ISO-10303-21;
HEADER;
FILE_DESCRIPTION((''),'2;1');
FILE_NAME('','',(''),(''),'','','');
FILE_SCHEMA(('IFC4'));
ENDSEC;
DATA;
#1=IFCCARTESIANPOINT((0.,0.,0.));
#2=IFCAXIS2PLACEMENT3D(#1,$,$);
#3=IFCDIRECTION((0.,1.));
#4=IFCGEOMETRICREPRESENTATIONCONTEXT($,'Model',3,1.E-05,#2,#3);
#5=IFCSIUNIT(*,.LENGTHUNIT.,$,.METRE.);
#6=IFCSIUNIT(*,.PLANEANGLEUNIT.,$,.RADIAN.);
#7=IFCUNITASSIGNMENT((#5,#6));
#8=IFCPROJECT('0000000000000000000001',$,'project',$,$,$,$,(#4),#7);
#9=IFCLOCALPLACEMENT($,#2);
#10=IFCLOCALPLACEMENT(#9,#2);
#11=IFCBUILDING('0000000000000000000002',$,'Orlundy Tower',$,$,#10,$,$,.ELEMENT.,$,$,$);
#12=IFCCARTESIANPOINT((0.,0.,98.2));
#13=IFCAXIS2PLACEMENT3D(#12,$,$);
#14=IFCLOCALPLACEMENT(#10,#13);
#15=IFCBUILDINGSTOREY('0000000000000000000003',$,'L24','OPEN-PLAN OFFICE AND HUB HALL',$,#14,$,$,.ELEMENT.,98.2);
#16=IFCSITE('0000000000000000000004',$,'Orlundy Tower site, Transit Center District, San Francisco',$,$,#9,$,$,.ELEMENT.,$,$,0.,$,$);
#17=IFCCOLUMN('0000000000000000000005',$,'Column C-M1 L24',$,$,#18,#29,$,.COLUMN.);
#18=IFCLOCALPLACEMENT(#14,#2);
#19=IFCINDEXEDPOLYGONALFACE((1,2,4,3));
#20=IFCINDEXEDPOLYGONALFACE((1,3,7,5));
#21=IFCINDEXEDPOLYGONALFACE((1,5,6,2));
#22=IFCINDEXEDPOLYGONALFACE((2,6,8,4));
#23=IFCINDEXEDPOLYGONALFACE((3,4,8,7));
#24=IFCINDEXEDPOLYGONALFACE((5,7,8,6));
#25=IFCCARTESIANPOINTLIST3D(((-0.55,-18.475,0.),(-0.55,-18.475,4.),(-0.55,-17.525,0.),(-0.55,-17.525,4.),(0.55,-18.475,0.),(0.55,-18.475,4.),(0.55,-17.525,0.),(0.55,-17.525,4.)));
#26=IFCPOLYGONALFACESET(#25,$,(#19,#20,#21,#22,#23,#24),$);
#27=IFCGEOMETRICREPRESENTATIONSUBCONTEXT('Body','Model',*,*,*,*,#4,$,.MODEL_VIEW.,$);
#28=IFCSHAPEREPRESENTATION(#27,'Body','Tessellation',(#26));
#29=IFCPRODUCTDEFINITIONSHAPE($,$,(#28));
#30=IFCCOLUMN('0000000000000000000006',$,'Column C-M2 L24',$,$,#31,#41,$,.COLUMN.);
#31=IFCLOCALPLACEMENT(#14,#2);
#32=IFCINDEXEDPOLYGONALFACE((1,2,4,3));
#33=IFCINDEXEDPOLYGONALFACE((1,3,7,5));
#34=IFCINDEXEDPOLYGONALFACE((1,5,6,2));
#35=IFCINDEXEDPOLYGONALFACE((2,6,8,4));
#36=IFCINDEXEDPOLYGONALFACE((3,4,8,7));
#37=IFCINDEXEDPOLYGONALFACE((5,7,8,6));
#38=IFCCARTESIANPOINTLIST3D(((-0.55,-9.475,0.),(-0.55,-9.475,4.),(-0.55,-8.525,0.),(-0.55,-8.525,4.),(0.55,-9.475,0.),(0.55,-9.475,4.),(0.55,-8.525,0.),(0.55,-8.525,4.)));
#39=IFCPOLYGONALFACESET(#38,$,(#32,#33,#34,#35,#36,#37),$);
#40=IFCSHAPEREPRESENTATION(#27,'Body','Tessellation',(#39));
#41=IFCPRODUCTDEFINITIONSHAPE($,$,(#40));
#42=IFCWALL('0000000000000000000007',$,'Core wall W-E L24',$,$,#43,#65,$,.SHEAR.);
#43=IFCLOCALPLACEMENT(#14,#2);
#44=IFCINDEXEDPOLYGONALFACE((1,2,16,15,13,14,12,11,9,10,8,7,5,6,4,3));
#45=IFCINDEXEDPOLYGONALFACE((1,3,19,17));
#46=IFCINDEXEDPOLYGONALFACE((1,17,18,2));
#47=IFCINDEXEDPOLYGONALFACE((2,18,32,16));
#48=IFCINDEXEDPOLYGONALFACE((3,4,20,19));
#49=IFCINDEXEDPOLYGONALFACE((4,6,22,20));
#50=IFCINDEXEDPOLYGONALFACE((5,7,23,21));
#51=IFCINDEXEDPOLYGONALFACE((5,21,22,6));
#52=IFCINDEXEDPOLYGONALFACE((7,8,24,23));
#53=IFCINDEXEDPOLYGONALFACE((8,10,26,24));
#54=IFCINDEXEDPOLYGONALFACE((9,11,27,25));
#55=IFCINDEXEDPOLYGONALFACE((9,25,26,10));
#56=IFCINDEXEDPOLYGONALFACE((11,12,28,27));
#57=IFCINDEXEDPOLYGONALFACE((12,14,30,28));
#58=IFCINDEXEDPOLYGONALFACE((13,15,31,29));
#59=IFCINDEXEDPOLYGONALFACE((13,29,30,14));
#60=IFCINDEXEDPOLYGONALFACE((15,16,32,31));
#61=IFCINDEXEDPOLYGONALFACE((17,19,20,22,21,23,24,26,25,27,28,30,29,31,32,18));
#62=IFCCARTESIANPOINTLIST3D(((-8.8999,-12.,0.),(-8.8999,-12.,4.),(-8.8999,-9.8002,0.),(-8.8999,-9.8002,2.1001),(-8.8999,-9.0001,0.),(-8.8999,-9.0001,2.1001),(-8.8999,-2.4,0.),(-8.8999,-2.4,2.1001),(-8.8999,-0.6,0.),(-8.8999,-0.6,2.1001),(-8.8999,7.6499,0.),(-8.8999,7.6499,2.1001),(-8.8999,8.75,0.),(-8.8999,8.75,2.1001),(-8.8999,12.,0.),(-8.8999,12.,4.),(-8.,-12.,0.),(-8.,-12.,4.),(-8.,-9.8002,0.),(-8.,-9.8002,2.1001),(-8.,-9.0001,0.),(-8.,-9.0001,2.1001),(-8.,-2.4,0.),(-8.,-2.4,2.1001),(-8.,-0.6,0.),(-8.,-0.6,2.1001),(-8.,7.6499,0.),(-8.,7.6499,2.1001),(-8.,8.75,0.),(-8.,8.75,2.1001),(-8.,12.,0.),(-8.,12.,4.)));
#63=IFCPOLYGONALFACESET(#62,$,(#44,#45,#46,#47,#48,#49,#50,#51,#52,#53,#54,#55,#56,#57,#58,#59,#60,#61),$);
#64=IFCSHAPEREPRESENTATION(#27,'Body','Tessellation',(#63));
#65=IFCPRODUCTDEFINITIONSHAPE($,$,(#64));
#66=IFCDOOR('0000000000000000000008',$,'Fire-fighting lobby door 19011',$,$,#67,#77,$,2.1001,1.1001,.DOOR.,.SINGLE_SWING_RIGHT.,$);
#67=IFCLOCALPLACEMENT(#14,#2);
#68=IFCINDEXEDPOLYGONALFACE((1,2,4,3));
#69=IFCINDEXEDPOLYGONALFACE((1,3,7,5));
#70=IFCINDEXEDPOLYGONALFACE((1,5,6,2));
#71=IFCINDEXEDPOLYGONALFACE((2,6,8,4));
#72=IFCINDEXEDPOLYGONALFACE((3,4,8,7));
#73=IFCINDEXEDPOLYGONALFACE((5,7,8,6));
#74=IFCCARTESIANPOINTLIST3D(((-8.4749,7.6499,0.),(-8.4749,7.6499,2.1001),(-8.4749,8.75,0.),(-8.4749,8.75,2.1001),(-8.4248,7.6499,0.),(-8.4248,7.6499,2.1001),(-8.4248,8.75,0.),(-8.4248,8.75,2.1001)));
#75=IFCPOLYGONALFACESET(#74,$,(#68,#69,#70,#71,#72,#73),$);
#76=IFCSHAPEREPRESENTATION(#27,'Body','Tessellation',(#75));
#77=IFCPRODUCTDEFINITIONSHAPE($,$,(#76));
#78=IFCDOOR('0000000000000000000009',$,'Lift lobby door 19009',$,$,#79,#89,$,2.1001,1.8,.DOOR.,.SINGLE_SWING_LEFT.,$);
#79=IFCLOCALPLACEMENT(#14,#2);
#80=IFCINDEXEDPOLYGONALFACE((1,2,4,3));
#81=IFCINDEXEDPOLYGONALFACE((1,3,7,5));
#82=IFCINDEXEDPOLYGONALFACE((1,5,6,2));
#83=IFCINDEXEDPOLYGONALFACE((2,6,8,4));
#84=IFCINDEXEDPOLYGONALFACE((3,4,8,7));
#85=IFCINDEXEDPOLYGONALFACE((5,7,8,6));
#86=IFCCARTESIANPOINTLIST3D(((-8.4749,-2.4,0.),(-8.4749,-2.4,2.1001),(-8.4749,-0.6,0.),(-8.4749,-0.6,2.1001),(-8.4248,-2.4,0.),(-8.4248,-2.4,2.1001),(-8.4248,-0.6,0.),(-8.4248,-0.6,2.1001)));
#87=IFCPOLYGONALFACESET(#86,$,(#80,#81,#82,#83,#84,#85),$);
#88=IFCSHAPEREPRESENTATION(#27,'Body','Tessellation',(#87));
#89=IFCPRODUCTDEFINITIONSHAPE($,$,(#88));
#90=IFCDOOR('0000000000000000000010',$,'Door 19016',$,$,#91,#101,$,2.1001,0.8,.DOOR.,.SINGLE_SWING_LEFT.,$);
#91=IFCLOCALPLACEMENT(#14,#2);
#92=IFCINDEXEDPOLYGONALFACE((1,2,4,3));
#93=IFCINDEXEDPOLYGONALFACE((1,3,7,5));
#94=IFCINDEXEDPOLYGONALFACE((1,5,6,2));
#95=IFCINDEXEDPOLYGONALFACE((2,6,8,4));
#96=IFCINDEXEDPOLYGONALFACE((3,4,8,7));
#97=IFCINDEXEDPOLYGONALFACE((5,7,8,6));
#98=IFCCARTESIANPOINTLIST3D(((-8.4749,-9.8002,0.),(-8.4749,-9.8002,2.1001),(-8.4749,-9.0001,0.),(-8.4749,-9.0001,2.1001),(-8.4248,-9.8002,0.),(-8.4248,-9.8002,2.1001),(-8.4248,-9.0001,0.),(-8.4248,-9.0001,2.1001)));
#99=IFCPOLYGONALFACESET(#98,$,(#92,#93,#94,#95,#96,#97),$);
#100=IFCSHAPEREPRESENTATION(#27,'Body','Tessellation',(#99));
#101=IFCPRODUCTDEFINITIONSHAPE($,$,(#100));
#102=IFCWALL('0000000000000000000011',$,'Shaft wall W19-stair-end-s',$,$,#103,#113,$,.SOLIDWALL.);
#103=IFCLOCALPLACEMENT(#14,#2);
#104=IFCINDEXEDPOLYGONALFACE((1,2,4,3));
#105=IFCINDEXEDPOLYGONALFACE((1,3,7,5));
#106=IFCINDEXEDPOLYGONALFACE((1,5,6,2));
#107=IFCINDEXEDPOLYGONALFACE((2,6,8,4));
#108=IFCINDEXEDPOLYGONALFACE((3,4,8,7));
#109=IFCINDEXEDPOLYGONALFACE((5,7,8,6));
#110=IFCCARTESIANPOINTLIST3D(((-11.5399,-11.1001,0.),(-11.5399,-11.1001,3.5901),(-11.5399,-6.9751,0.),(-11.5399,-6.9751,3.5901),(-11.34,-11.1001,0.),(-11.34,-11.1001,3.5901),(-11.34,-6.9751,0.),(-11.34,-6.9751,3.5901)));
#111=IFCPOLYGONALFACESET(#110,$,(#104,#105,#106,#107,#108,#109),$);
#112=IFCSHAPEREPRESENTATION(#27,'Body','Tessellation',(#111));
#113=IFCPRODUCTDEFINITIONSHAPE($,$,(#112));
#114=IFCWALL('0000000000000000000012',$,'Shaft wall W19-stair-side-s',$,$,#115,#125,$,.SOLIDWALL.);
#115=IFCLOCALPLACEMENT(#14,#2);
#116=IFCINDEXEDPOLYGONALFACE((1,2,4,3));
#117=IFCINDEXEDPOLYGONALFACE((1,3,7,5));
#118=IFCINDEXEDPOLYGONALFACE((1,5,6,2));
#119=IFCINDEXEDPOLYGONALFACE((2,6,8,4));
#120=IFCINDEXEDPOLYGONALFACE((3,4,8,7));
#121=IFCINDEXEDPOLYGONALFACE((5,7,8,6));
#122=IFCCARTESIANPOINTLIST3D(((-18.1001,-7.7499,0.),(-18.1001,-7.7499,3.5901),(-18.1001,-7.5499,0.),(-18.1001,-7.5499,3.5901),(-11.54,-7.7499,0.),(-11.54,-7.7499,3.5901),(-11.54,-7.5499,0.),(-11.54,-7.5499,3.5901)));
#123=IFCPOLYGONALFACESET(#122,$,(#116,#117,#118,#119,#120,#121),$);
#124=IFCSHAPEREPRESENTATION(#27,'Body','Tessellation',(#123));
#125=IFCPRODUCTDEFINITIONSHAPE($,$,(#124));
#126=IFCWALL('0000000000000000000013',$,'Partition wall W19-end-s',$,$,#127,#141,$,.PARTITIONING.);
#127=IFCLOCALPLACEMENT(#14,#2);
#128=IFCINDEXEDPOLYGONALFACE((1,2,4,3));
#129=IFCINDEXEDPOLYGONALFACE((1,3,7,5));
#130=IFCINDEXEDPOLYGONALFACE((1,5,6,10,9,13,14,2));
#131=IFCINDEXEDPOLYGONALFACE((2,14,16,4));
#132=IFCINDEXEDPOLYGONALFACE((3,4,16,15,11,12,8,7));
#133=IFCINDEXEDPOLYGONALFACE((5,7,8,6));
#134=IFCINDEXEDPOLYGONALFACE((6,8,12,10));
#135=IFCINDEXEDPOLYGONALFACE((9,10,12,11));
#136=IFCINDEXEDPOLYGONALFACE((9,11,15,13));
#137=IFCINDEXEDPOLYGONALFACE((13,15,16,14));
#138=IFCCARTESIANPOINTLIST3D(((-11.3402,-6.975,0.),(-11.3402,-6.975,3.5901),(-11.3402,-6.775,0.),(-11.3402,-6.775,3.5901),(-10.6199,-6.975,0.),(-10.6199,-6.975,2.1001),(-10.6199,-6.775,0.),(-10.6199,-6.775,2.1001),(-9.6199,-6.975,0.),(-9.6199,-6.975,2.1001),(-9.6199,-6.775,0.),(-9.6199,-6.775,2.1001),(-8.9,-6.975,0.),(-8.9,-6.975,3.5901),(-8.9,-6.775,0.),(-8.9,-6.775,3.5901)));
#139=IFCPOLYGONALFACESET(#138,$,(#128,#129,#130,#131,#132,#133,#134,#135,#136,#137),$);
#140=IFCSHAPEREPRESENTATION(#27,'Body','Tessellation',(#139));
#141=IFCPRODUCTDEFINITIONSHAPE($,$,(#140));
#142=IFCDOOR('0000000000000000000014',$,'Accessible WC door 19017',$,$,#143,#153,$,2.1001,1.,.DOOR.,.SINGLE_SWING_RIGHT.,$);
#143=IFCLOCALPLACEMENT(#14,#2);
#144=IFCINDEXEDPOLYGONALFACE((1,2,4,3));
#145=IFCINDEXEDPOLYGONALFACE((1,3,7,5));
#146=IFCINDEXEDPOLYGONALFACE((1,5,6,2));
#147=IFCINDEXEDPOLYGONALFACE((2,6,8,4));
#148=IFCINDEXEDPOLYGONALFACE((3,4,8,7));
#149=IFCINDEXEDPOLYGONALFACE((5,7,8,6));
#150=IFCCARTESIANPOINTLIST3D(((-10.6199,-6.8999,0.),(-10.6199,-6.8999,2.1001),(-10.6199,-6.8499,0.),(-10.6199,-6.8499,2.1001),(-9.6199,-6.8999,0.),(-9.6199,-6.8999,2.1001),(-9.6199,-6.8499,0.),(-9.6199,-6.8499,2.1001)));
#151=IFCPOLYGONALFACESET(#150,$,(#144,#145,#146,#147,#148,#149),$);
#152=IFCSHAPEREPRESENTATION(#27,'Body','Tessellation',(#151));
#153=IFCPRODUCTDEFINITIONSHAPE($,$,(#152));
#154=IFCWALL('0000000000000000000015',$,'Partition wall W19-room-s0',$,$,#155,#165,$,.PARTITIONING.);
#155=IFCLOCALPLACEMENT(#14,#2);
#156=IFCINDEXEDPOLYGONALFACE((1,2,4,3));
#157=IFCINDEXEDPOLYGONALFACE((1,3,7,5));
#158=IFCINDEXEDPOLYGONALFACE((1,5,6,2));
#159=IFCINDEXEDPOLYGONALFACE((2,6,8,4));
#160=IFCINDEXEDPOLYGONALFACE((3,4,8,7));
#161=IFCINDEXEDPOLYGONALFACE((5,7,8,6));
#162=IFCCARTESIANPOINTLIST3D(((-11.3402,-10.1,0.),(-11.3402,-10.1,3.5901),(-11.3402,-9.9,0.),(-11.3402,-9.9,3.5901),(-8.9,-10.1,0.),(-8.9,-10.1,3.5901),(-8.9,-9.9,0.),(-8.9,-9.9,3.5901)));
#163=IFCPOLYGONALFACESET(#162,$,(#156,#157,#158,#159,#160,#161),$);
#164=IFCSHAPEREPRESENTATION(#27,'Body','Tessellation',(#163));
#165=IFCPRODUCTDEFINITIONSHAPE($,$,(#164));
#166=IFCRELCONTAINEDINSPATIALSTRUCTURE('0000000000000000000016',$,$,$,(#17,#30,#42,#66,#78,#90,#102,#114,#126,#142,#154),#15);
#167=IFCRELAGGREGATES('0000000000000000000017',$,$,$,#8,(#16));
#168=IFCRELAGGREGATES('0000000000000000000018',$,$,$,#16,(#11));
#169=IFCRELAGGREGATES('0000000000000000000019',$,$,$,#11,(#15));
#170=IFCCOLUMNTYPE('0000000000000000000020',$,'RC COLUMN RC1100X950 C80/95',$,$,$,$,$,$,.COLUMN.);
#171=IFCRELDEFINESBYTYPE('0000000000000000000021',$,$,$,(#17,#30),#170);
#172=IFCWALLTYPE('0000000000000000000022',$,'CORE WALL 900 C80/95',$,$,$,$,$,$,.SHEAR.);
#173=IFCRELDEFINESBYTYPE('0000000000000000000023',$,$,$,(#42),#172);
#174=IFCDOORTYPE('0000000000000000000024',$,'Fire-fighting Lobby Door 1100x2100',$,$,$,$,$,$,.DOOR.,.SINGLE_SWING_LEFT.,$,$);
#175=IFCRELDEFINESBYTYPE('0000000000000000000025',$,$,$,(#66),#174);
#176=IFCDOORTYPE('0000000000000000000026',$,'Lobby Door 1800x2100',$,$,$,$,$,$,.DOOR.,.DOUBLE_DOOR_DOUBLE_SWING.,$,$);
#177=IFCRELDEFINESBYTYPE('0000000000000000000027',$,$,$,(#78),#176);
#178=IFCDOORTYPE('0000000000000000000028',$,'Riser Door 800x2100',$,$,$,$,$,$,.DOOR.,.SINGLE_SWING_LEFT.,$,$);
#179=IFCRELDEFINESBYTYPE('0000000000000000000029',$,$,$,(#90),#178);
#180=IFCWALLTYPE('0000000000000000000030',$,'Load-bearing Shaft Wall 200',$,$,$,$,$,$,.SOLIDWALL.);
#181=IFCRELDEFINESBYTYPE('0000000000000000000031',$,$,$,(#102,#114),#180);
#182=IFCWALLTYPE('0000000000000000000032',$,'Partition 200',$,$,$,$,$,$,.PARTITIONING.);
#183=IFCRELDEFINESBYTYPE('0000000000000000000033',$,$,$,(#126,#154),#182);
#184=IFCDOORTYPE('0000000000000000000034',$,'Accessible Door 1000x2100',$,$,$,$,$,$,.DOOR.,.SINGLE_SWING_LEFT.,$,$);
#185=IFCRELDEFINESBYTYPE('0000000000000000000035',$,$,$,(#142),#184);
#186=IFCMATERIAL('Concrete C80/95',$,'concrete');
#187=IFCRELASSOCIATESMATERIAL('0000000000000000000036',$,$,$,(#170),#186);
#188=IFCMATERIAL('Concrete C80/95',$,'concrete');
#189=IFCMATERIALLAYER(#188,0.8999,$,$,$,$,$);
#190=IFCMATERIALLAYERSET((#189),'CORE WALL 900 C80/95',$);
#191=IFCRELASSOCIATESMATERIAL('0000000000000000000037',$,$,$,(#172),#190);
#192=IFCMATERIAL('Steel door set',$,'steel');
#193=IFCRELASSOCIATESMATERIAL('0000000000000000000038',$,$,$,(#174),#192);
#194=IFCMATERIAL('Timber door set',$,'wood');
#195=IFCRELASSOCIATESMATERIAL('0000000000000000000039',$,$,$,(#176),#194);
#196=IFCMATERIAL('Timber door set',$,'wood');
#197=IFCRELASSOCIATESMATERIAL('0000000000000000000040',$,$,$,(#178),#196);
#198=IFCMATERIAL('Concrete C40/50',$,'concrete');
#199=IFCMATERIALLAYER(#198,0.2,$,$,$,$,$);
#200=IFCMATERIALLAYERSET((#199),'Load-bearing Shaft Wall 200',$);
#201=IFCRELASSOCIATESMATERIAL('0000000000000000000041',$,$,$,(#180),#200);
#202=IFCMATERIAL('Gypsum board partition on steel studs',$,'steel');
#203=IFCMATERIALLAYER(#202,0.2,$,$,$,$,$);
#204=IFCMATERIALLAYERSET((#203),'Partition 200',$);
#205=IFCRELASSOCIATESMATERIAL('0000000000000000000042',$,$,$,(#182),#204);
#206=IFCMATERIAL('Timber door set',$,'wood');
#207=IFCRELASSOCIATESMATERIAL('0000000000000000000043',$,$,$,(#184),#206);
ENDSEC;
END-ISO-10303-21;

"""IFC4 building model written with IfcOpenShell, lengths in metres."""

from ifc_helpers import new_model, si_unit, direction, frame, frame_2d, origin, origin_2d, place, context, subcontext, project, spatial, rectangle, extrude, material, layer, layer_set, material_profile, profile_set, type_object, element, fill, save


model = new_model("IFC4")

# Units and contexts
model_context = context("Model", 3, precision=1e-05, world=origin(), true_north=direction((0.0, 1.0)))
body_context = subcontext(model_context, "Body", "Model", "MODEL_VIEW")
ifc_project = project(units=[si_unit("LENGTHUNIT", "METRE"), si_unit("PLANEANGLEUNIT", "RADIAN")], contexts=[model_context])

# Site, building, storey
site_placement = place(None, origin())
site = spatial("IfcSite", under=ifc_project, at=site_placement, Name="Orlundy Tower site, Transit Center District, San Francisco", CompositionType="ELEMENT", RefElevation=0.0)
building_placement = place(site_placement, origin())
building = spatial("IfcBuilding", under=site, at=building_placement, Name="Orlundy Tower", CompositionType="ELEMENT")
storey_placement = place(building_placement, frame((0.0, 0.0, 98.2)))
storey = spatial("IfcBuildingStorey", under=building, at=storey_placement, Name="L24", Description="OPEN-PLAN OFFICE AND HUB HALL", CompositionType="ELEMENT", Elevation=98.2)

# Columns
ifc_material_1 = material(Name="Concrete C80/95", Category="concrete")
ifc_material_profile = material_profile(ifc_material_1, rectangle(XDim=1.1001, YDim=0.95, at=origin_2d()), Name="RC1100X950")
ifc_profile_set = profile_set([ifc_material_profile], Name="Concrete C80/95")
column_type = type_object("IfcColumnType", Name="RC COLUMN RC1100X950 C80/95", PredefinedType="COLUMN", material=ifc_profile_set)
for number, where, z_axis, x_axis, name in (
    (1, (0.0, -18.0, 0.0), (0.0, 0.0, 1.0), (1.0, 0.0, 0.0), "Column C-M1 L24"),
    (2, (0.0, -9.0, 0.0), (0.0, 0.0, 1.0), (1.0, 0.0, 0.0), "Column C-M2 L24"),
):
    element("IfcColumn", number, at=place(storey_placement, frame(where, z_axis=z_axis, x_axis=x_axis)), inside=storey, type_object=column_type, Name=name, PredefinedType="COLUMN", context=body_context, shape_type="SweptSolid", body=[
        extrude(rectangle(XDim=1.1001, YDim=0.95, at=origin_2d()), origin(), (0.0, 0.0, 1.0), 4.0),
    ])

# Wall, openings, doors
ifc_material_2 = material(Name="Concrete C80/95", Category="concrete")
ifc_layer_1 = layer(ifc_material_2, 0.8999)
ifc_layer_set_1 = layer_set([ifc_layer_1], Name="CORE WALL 900 C80/95")
wall_type_1 = type_object("IfcWallType", Name="CORE WALL 900 C80/95", PredefinedType="SHEAR", material=ifc_layer_set_1)
wall_1_placement = place(storey_placement, frame((-8.45, -12.0, 0.0), z_axis=(0.0, 0.0, 1.0), x_axis=(0.0, 1.0, 0.0)))
wall_1 = element("IfcWall", 3, at=wall_1_placement, inside=storey, type_object=wall_type_1, Name="Core wall W-E L24", PredefinedType="SHEAR", context=body_context, shape_type="SweptSolid", body=[
    extrude(rectangle(XDim=24.0, YDim=0.8999, at=frame_2d((12.0, 0.0))), origin(), (0.0, 0.0, 1.0), 4.0),
])
opening_1_placement = place(wall_1_placement, frame((9.6001, 0.0, 0.0)))
opening_1 = element("IfcOpeningElement", 4, at=opening_1_placement, cuts=wall_1, PredefinedType="OPENING", context=body_context, shape_type="SweptSolid", body=[
    extrude(rectangle(XDim=1.8, YDim=2.1001, at=frame_2d((0.8999, 1.05))), frame((0.0, 0.46, 0.0), z_axis=(0.0, -1.0, 0.0), x_axis=(1.0, 0.0, 0.0)), (0.0, 0.0, 1.0), 0.9199),
])
opening_2_placement = place(wall_1_placement, frame((19.6499, 0.0, 0.0)))
opening_2 = element("IfcOpeningElement", 5, at=opening_2_placement, cuts=wall_1, PredefinedType="OPENING", context=body_context, shape_type="SweptSolid", body=[
    extrude(rectangle(XDim=1.1001, YDim=2.1001, at=frame_2d((0.55, 1.05))), frame((0.0, 0.46, 0.0), z_axis=(0.0, -1.0, 0.0), x_axis=(1.0, 0.0, 0.0)), (0.0, 0.0, 1.0), 0.9199),
])
opening_3_placement = place(wall_1_placement, frame((2.2, 0.0, 0.0)))
opening_3 = element("IfcOpeningElement", 6, at=opening_3_placement, cuts=wall_1, PredefinedType="OPENING", context=body_context, shape_type="SweptSolid", body=[
    extrude(rectangle(XDim=0.8, YDim=2.1001, at=frame_2d((0.3999, 1.05))), frame((0.0, 0.46, 0.0), z_axis=(0.0, -1.0, 0.0), x_axis=(1.0, 0.0, 0.0)), (0.0, 0.0, 1.0), 0.9199),
])
ifc_material_3 = material(Name="Steel door set", Category="steel")
door_type_1 = type_object("IfcDoorType", Name="Fire-fighting Lobby Door 1100x2100", OperationType="SINGLE_SWING_LEFT", PredefinedType="DOOR", material=ifc_material_3)
door_1_placement = place(opening_2_placement, origin())
door_1 = element("IfcDoor", 7, at=door_1_placement, inside=storey, type_object=door_type_1, Name="Fire-fighting lobby door 19011", OperationType="SINGLE_SWING_RIGHT", OverallHeight=2.1001, OverallWidth=1.1001, PredefinedType="DOOR", context=body_context, shape_type="SweptSolid", body=[
    extrude(rectangle(XDim=1.1001, YDim=2.1001, at=frame_2d((0.55, 1.05))), frame((0.0, 0.0249, 0.0), z_axis=(0.0, -1.0, 0.0), x_axis=(1.0, 0.0, 0.0)), (0.0, 0.0, 1.0), 0.05),
])
fill(opening_2, door_1)
ifc_material_4 = material(Name="Timber door set", Category="wood")
door_type_2 = type_object("IfcDoorType", Name="Lobby Door 1800x2100", OperationType="DOUBLE_DOOR_DOUBLE_SWING", PredefinedType="DOOR", material=ifc_material_4)
door_2_placement = place(opening_1_placement, origin())
door_2 = element("IfcDoor", 8, at=door_2_placement, inside=storey, type_object=door_type_2, Name="Lift lobby door 19009", OperationType="SINGLE_SWING_LEFT", OverallHeight=2.1001, OverallWidth=1.8, PredefinedType="DOOR", context=body_context, shape_type="SweptSolid", body=[
    extrude(rectangle(XDim=1.8, YDim=2.1001, at=frame_2d((0.8999, 1.05))), frame((0.0, 0.0249, 0.0), z_axis=(0.0, -1.0, 0.0), x_axis=(1.0, 0.0, 0.0)), (0.0, 0.0, 1.0), 0.05),
])
fill(opening_1, door_2)
ifc_material_5 = material(Name="Timber door set", Category="wood")
door_type_3 = type_object("IfcDoorType", Name="Riser Door 800x2100", OperationType="SINGLE_SWING_LEFT", PredefinedType="DOOR", material=ifc_material_5)
door_3_placement = place(opening_3_placement, origin())
door_3 = element("IfcDoor", 9, at=door_3_placement, inside=storey, type_object=door_type_3, Name="Door 19016", OperationType="SINGLE_SWING_LEFT", OverallHeight=2.1001, OverallWidth=0.8, PredefinedType="DOOR", context=body_context, shape_type="SweptSolid", body=[
    extrude(rectangle(XDim=0.8, YDim=2.1001, at=frame_2d((0.3999, 1.05))), frame((0.0, 0.0249, 0.0), z_axis=(0.0, -1.0, 0.0), x_axis=(1.0, 0.0, 0.0)), (0.0, 0.0, 1.0), 0.05),
])
fill(opening_3, door_3)

# Walls
ifc_material_6 = material(Name="Concrete C40/50", Category="concrete")
ifc_layer_2 = layer(ifc_material_6, 0.2)
ifc_layer_set_2 = layer_set([ifc_layer_2], Name="Load-bearing Shaft Wall 200")
wall_type_2 = type_object("IfcWallType", Name="Load-bearing Shaft Wall 200", PredefinedType="SOLIDWALL", material=ifc_layer_set_2)
wall_2_placement = place(storey_placement, frame((-11.4399, -11.1001, 0.0), z_axis=(0.0, 0.0, 1.0), x_axis=(0.0, 1.0, 0.0)))
element("IfcWall", 10, at=wall_2_placement, inside=storey, type_object=wall_type_2, Name="Shaft wall W19-stair-end-s", PredefinedType="SOLIDWALL", context=body_context, shape_type="SweptSolid", body=[
    extrude(rectangle(XDim=4.125, YDim=0.2, at=frame_2d((2.0625, 0.0))), origin(), (0.0, 0.0, 1.0), 3.5901),
])
wall_3_placement = place(storey_placement, frame((-11.54, -7.6499, 0.0), z_axis=(0.0, 0.0, 1.0), x_axis=(-1.0, 0.0, 0.0)))
element("IfcWall", 11, at=wall_3_placement, inside=storey, type_object=wall_type_2, Name="Shaft wall W19-stair-side-s", PredefinedType="SOLIDWALL", context=body_context, shape_type="SweptSolid", body=[
    extrude(rectangle(XDim=6.5601, YDim=0.2, at=frame_2d((3.28, 0.0))), origin(), (0.0, 0.0, 1.0), 3.5901),
])

# Wall, opening, door
ifc_material_7 = material(Name="Gypsum board partition on steel studs", Category="steel")
ifc_layer_3 = layer(ifc_material_7, 0.2)
ifc_layer_set_3 = layer_set([ifc_layer_3], Name="Partition 200")
wall_type_3 = type_object("IfcWallType", Name="Partition 200", PredefinedType="PARTITIONING", material=ifc_layer_set_3)
wall_4_placement = place(storey_placement, frame((-8.8999, -6.875, 0.0), z_axis=(0.0, 0.0, 1.0), x_axis=(-1.0, 0.0, 0.0)))
wall_4 = element("IfcWall", 12, at=wall_4_placement, inside=storey, type_object=wall_type_3, Name="Partition wall W19-end-s", PredefinedType="PARTITIONING", context=body_context, shape_type="SweptSolid", body=[
    extrude(rectangle(XDim=2.4402, YDim=0.2, at=frame_2d((1.2202, 0.0))), origin(), (0.0, 0.0, 1.0), 3.5901),
])
opening_4_placement = place(wall_4_placement, frame((0.72, 0.0, 0.0)))
opening_4 = element("IfcOpeningElement", 13, at=opening_4_placement, cuts=wall_4, PredefinedType="OPENING", context=body_context, shape_type="SweptSolid", body=[
    extrude(rectangle(XDim=1.0, YDim=2.1001, at=frame_2d((0.5, 1.05))), frame((0.0, 0.1101, 0.0), z_axis=(0.0, -1.0, 0.0), x_axis=(1.0, 0.0, 0.0)), (0.0, 0.0, 1.0), 0.2202),
])
ifc_material_8 = material(Name="Timber door set", Category="wood")
door_type_4 = type_object("IfcDoorType", Name="Accessible Door 1000x2100", OperationType="SINGLE_SWING_LEFT", PredefinedType="DOOR", material=ifc_material_8)
door_4_placement = place(opening_4_placement, origin())
door_4 = element("IfcDoor", 14, at=door_4_placement, inside=storey, type_object=door_type_4, Name="Accessible WC door 19017", OperationType="SINGLE_SWING_RIGHT", OverallHeight=2.1001, OverallWidth=1.0, PredefinedType="DOOR", context=body_context, shape_type="SweptSolid", body=[
    extrude(rectangle(XDim=1.0, YDim=2.1001, at=frame_2d((0.5, 1.05))), frame((0.0, 0.0249, 0.0), z_axis=(0.0, -1.0, 0.0), x_axis=(1.0, 0.0, 0.0)), (0.0, 0.0, 1.0), 0.05),
])
fill(opening_4, door_4)

# Wall
for number, where, z_axis, x_axis, name in (
    (15, (-8.8999, -10.0, 0.0), (0.0, 0.0, 1.0), (-1.0, 0.0, 0.0), "Partition wall W19-room-s0"),
):
    element("IfcWall", number, at=place(storey_placement, frame(where, z_axis=z_axis, x_axis=x_axis)), inside=storey, type_object=wall_type_3, Name=name, PredefinedType="PARTITIONING", context=body_context, shape_type="SweptSolid", body=[
        extrude(rectangle(XDim=2.4402, YDim=0.2, at=frame_2d((1.2202, 0.0))), origin(), (0.0, 0.0, 1.0), 3.5901),
    ])

save(model, "model.ifc")
